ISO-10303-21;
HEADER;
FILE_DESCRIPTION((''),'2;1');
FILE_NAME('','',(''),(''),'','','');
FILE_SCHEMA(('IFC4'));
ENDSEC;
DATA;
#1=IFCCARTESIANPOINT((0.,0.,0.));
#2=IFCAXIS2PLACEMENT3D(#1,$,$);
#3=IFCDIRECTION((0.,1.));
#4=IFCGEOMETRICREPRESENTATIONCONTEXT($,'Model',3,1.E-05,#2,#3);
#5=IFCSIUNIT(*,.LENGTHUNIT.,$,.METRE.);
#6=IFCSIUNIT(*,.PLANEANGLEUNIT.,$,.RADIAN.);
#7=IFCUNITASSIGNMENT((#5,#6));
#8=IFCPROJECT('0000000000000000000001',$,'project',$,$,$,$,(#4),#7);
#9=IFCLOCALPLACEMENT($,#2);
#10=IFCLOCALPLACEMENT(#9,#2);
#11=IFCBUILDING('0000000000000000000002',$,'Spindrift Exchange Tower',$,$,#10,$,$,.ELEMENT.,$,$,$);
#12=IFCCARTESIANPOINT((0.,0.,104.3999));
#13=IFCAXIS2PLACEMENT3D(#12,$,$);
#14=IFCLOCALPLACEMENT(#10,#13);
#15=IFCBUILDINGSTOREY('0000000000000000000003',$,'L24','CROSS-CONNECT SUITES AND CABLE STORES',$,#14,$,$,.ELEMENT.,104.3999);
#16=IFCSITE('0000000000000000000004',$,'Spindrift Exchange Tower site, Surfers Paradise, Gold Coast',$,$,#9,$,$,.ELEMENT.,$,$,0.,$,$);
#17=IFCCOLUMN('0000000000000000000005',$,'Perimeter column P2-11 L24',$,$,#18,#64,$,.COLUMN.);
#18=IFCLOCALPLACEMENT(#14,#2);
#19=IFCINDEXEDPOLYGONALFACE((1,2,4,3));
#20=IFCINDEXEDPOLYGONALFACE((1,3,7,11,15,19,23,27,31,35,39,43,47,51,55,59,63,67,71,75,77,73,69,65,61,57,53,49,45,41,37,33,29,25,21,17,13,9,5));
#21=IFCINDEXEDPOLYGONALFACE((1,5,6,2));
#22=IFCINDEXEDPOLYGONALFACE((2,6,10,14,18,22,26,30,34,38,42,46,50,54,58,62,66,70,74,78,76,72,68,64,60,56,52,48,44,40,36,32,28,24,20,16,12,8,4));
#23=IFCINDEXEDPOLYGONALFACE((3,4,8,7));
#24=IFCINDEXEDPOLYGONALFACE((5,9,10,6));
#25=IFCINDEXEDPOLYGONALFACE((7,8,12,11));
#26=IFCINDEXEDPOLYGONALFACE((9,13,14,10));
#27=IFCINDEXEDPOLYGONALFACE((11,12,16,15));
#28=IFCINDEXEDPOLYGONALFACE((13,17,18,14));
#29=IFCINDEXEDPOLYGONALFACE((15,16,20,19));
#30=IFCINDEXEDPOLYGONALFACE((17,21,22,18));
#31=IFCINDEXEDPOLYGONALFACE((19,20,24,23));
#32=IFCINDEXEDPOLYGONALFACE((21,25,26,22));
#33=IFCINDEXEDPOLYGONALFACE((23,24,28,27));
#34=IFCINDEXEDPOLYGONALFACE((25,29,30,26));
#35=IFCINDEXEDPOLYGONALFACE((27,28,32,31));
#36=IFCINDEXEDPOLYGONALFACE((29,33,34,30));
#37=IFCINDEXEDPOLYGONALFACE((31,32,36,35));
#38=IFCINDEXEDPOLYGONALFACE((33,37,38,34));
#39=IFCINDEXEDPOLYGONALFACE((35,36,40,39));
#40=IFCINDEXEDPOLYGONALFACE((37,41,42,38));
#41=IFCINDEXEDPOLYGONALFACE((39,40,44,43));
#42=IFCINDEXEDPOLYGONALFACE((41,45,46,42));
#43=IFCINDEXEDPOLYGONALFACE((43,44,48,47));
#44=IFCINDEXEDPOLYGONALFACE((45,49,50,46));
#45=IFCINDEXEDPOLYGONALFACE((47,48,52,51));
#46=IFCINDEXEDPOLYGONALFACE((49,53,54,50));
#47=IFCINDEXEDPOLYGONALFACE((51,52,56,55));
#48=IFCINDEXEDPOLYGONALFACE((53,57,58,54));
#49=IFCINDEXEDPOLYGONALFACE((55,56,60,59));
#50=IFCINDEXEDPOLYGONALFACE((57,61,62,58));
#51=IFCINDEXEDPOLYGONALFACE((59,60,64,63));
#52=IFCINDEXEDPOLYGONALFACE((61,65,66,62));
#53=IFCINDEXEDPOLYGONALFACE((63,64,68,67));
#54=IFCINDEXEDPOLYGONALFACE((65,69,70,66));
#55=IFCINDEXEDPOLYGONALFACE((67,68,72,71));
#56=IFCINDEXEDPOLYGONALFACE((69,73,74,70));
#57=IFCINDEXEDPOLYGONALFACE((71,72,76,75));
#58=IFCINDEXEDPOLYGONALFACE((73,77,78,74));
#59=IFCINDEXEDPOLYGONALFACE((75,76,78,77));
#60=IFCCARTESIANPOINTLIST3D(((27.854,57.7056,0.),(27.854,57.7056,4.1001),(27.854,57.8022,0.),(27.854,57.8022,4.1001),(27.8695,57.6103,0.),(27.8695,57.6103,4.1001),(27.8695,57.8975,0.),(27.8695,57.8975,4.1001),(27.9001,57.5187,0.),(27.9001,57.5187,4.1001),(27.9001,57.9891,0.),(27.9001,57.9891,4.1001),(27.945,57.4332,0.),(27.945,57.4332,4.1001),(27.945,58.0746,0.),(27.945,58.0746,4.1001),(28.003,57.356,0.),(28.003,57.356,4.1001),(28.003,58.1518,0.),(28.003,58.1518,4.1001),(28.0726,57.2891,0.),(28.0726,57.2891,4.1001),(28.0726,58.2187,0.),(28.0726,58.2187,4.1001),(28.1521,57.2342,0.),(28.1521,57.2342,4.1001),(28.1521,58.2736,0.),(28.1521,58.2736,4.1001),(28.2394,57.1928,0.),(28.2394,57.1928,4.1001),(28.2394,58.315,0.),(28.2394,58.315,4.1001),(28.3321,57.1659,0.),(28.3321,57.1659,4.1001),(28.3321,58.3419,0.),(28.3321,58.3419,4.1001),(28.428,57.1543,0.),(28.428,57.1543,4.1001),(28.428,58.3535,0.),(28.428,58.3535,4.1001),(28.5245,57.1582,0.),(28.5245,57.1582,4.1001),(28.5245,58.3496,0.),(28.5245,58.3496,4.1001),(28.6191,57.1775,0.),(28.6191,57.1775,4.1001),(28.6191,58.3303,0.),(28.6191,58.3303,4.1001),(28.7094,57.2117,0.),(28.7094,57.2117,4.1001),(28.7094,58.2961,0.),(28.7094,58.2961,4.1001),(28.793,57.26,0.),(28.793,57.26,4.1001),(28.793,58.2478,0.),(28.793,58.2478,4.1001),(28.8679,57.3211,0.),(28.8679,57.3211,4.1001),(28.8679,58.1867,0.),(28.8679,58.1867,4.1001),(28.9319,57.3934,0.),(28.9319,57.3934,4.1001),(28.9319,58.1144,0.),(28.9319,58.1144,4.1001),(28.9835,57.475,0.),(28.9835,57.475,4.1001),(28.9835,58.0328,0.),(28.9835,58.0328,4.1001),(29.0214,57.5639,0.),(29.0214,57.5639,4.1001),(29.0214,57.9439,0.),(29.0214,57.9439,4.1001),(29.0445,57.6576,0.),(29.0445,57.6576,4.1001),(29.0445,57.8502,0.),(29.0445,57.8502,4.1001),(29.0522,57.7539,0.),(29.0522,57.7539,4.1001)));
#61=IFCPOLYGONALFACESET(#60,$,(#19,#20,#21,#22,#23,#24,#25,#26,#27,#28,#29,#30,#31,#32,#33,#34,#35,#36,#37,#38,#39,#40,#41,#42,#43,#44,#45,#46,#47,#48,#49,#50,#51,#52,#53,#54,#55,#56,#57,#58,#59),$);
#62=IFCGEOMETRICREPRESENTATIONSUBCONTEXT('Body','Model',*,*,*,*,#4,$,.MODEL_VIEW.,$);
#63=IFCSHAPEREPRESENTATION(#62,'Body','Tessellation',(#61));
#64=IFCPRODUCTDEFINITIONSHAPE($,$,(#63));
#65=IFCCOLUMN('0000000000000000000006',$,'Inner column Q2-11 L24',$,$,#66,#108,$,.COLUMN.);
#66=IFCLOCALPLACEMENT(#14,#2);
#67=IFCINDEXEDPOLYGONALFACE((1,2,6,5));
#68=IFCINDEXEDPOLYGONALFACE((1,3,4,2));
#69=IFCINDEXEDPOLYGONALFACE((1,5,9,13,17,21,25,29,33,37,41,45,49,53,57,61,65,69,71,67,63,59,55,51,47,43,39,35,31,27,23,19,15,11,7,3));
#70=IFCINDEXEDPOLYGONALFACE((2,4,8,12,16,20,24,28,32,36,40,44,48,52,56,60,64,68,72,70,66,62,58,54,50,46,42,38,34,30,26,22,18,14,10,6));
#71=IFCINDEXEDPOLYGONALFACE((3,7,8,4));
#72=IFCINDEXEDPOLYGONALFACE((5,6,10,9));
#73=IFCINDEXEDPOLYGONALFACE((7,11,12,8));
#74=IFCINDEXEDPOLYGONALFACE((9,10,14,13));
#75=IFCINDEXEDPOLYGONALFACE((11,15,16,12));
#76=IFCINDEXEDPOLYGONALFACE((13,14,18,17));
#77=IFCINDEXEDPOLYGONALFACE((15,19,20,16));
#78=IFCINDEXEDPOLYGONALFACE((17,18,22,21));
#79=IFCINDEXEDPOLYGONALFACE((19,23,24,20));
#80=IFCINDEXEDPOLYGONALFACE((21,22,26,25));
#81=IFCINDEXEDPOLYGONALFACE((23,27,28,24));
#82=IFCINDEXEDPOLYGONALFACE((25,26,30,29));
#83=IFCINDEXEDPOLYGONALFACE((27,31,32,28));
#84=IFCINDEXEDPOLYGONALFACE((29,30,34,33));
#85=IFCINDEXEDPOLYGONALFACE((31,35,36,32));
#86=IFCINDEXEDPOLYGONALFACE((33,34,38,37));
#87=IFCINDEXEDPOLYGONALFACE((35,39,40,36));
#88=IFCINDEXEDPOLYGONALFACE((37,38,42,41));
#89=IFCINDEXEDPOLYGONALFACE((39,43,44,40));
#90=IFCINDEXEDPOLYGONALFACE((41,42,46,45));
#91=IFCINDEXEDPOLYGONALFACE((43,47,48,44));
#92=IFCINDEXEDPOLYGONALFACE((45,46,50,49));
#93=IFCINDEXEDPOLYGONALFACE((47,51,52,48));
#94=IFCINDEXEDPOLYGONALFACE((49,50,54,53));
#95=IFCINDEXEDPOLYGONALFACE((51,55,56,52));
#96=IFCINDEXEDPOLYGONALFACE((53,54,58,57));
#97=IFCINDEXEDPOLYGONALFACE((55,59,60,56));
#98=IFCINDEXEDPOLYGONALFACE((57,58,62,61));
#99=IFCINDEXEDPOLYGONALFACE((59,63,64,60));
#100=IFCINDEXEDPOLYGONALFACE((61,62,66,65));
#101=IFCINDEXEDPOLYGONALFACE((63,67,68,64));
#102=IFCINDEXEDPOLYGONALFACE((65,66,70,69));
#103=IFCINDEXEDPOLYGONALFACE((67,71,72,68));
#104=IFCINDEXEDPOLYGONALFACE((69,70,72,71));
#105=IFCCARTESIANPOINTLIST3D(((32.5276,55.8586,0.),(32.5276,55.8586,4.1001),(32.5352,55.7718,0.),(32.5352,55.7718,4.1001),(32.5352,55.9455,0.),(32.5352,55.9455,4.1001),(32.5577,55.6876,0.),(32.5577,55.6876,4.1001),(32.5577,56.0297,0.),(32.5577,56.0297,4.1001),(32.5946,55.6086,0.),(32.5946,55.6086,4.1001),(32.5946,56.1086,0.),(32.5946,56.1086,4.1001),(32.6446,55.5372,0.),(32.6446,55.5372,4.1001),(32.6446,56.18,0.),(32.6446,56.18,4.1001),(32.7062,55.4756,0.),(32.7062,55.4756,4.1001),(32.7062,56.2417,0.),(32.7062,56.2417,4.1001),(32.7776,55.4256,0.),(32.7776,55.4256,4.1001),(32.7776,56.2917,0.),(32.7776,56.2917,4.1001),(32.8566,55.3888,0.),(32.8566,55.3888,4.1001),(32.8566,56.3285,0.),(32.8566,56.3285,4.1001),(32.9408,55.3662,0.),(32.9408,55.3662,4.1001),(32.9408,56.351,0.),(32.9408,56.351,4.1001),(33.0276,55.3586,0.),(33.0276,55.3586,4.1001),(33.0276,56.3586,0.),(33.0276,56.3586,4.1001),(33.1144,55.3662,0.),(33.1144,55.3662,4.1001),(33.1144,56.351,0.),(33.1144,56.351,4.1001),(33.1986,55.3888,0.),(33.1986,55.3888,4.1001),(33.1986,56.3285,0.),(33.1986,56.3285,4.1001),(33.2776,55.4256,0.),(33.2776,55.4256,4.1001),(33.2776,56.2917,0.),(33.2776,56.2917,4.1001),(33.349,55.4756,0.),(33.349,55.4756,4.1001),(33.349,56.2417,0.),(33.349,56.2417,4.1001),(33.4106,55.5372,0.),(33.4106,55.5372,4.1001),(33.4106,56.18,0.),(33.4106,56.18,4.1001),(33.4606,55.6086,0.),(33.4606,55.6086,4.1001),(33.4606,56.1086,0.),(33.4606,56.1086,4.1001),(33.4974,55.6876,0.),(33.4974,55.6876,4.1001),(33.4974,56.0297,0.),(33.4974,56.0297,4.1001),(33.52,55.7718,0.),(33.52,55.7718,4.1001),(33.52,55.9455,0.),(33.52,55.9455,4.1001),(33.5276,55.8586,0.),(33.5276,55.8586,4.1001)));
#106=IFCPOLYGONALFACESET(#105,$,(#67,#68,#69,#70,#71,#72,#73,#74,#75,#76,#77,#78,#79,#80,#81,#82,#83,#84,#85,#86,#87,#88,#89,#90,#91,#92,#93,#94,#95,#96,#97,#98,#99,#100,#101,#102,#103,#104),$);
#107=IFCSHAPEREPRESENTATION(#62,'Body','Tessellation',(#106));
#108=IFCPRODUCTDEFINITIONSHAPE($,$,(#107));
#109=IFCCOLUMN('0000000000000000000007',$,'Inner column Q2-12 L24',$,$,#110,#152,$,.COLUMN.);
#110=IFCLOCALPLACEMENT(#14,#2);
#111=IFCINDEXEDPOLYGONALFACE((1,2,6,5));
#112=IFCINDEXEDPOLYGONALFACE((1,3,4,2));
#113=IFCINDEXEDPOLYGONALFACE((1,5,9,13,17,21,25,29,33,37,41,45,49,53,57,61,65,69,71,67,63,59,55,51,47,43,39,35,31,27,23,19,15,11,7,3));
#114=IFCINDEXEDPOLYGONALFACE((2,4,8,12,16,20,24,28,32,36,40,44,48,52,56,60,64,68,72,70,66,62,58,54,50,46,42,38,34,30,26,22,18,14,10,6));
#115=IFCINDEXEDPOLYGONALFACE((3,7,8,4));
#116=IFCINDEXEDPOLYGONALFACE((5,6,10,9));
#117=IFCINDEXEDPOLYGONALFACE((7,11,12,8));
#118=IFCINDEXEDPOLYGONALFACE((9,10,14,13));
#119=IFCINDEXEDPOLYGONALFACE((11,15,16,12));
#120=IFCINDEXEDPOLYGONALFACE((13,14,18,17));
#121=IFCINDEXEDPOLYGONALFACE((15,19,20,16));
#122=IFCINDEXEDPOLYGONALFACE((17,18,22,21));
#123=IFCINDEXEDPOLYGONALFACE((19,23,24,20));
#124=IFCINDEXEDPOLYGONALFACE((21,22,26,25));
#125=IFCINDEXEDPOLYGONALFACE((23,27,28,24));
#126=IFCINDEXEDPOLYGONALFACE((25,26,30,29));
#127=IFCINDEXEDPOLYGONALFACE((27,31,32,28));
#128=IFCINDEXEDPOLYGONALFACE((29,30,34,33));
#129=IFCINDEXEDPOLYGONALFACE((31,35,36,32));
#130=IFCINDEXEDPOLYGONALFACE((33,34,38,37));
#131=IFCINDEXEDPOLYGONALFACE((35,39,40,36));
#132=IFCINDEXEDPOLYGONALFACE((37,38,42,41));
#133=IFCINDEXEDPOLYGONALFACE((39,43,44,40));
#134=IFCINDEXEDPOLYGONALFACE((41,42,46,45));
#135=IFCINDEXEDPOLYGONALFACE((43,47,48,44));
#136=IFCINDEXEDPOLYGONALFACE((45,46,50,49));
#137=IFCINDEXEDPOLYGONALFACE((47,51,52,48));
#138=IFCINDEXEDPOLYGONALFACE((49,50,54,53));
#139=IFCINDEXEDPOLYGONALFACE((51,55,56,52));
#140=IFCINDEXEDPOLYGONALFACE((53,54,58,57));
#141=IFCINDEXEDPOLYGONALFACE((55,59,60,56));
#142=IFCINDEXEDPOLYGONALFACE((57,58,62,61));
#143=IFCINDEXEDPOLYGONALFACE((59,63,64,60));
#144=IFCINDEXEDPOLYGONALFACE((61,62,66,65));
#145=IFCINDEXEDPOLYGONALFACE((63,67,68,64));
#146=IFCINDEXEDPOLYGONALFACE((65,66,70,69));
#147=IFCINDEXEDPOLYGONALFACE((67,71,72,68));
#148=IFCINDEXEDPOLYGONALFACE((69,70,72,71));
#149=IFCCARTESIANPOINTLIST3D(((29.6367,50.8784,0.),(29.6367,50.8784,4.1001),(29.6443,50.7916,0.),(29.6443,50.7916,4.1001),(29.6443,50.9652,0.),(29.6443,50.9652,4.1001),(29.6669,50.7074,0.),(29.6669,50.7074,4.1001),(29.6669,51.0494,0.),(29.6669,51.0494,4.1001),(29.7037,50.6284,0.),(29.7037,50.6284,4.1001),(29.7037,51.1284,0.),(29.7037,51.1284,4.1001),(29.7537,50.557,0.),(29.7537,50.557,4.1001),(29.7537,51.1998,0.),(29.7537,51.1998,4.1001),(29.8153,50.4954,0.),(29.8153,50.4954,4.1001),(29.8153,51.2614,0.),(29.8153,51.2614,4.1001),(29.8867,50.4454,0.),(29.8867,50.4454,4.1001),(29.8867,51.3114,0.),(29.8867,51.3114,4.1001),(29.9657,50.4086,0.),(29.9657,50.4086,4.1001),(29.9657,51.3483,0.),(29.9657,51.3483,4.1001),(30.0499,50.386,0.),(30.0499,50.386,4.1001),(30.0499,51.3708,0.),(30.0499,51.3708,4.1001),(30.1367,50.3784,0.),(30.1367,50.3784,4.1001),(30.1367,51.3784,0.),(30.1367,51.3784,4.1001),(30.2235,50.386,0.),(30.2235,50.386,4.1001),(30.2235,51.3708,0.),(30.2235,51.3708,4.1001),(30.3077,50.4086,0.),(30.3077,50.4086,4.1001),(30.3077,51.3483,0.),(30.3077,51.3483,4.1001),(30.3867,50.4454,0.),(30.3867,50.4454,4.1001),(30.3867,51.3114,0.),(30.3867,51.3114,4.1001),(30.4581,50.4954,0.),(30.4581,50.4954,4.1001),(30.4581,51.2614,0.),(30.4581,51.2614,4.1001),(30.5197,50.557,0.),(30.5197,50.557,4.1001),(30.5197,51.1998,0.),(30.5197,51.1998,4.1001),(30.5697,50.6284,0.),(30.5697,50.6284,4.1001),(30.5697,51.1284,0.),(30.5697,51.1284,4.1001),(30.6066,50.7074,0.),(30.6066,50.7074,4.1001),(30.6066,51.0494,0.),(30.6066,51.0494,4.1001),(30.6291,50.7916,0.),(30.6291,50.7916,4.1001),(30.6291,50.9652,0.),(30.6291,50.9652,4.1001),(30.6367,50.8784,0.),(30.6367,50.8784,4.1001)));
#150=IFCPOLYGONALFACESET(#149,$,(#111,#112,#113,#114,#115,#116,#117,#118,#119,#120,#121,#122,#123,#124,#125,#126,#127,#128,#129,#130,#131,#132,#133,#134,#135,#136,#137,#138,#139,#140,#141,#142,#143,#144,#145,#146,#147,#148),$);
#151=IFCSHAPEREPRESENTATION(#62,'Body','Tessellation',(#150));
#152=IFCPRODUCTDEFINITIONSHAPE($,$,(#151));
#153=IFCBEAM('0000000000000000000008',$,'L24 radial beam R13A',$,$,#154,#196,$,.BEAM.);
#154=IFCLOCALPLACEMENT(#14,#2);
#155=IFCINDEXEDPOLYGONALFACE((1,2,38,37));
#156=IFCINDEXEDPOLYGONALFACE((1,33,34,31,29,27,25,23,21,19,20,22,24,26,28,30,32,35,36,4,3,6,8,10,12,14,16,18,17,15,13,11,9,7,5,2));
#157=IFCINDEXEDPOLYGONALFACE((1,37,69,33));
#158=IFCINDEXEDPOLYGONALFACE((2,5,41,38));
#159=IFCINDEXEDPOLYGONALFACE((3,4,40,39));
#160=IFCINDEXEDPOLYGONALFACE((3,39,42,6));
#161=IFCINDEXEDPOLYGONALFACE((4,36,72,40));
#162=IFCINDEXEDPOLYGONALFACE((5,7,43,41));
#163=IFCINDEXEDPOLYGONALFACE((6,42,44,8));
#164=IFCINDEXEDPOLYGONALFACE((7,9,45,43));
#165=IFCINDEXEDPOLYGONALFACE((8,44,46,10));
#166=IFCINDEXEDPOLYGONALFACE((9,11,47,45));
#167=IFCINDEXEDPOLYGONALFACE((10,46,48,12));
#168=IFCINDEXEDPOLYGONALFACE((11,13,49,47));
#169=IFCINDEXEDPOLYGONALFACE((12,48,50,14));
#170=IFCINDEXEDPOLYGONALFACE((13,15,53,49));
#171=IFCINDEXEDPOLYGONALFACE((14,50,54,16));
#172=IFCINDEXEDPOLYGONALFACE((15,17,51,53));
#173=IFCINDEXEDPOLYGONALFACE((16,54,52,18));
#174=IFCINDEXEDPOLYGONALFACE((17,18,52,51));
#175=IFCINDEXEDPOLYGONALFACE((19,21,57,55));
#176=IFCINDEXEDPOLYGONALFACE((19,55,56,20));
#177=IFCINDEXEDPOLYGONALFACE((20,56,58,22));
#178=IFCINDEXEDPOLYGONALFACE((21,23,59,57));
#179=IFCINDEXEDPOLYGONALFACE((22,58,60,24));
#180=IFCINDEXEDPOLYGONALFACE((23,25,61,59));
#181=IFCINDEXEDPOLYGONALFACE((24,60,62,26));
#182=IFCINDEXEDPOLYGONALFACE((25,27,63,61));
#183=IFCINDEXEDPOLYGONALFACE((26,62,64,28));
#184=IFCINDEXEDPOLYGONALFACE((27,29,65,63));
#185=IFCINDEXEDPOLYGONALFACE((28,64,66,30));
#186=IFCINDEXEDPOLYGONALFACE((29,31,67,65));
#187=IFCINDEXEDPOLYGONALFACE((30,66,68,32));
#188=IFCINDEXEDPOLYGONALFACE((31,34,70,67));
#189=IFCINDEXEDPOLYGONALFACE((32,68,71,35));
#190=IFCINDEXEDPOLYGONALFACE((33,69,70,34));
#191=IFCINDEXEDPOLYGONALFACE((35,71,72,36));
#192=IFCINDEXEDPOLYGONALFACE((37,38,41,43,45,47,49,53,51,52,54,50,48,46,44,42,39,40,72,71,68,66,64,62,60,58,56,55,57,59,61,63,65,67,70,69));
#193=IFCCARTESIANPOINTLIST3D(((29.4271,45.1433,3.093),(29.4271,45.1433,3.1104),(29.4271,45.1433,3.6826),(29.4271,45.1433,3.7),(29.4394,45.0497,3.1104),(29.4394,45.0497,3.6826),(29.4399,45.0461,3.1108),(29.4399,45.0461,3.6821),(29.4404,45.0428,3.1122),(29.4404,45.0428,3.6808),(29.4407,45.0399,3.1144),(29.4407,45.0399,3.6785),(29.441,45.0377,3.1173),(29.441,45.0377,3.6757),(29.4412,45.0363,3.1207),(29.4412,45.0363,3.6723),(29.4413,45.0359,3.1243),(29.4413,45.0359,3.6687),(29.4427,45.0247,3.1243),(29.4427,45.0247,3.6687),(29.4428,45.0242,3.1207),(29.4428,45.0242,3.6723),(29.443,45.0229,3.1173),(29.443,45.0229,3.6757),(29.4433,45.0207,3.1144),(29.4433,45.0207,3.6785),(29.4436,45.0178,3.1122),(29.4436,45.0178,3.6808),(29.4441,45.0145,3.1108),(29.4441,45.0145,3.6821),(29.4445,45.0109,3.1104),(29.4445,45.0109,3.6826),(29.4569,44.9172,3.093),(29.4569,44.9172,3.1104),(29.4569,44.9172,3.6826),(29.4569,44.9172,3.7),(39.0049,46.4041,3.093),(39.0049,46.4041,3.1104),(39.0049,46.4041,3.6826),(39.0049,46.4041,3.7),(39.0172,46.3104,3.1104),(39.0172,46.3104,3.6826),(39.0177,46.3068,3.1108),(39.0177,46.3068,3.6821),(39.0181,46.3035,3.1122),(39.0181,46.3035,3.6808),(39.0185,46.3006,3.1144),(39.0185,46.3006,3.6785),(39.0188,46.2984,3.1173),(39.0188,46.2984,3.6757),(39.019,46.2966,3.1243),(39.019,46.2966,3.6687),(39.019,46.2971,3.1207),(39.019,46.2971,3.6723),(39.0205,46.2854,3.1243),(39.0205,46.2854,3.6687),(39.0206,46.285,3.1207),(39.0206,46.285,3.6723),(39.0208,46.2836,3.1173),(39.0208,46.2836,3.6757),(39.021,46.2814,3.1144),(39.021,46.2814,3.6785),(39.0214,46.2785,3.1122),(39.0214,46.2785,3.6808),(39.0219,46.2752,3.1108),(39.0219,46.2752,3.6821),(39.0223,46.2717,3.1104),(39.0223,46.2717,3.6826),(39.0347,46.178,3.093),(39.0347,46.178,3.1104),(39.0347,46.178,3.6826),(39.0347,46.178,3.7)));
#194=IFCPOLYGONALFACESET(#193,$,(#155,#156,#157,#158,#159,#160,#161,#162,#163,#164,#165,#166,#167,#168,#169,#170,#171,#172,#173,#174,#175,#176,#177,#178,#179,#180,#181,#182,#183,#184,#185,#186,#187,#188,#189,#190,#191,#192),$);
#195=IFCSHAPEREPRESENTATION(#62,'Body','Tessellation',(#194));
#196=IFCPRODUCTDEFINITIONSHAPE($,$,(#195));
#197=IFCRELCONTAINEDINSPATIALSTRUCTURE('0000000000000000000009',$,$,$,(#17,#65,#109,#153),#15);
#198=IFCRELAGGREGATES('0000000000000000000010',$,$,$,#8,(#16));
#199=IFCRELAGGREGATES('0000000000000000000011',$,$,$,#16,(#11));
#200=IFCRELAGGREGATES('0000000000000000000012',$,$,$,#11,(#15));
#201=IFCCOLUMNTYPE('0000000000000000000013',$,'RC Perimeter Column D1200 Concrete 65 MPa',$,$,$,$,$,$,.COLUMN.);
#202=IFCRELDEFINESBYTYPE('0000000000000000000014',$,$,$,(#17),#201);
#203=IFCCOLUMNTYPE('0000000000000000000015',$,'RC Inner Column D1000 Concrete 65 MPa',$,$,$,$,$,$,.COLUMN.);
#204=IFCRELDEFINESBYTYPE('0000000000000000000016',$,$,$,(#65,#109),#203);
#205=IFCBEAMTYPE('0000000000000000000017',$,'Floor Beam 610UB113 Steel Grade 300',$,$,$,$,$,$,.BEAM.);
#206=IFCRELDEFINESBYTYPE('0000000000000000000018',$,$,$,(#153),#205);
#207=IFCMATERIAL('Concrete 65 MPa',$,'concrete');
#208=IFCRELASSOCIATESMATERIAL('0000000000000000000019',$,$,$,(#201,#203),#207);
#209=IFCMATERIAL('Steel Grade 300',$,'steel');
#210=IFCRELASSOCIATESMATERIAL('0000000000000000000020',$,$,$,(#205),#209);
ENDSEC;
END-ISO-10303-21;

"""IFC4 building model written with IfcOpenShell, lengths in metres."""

from ifc_helpers import new_model, si_unit, direction, frame, origin, origin_2d, place, context, subcontext, project, spatial, circle, i_section, extrude, source, transform, mapped, material, material_profile, profile_set, type_object, element, save


model = new_model("IFC4")

# Units and contexts
model_context = context("Model", 3, precision=1e-05, world=origin(), true_north=direction((0.0, 1.0)))
body_context = subcontext(model_context, "Body", "Model", "MODEL_VIEW")
ifc_project = project(units=[si_unit("LENGTHUNIT", "METRE"), si_unit("PLANEANGLEUNIT", "RADIAN")], contexts=[model_context])

# Site, building, storey
site_placement = place(None, origin())
site = spatial("IfcSite", under=ifc_project, at=site_placement, Name="Spindrift Exchange Tower site, Surfers Paradise, Gold Coast", CompositionType="ELEMENT", RefElevation=0.0)
building_placement = place(site_placement, origin())
building = spatial("IfcBuilding", under=site, at=building_placement, Name="Spindrift Exchange Tower", CompositionType="ELEMENT")
storey_placement = place(building_placement, frame((0.0, 0.0, 104.3999)))
storey = spatial("IfcBuildingStorey", under=building, at=storey_placement, Name="L24", Description="CROSS-CONNECT SUITES AND CABLE STORES", CompositionType="ELEMENT", Elevation=104.3999)

# Columns
ifc_material_1 = material(Name="Concrete 65 MPa", Category="concrete")
ifc_material_profile_1 = material_profile(ifc_material_1, circle(Radius=0.6001, at=origin_2d()), Name="RC D1200")
ifc_profile_set_1 = profile_set([ifc_material_profile_1], Name="Concrete 65 MPa")
column_type_1 = type_object("IfcColumnType", Name="RC Perimeter Column D1200 Concrete 65 MPa", PredefinedType="COLUMN", material=ifc_profile_set_1)
shared_shape_1 = source(origin(), body_context, "Body", "SweptSolid", [
    extrude(circle(Radius=0.6001, at=origin_2d()), origin(), (0.0, 0.0, 1.0), 4.1001),
])
column_placement = place(storey_placement, frame((28.4521, 57.7539, 0.0), z_axis=(0.0, 0.0, 1.0), x_axis=(1.0, 0.0, 0.0)))
element("IfcColumn", 1, at=column_placement, inside=storey, type_object=column_type_1, Name="Perimeter column P2-11 L24", PredefinedType="COLUMN", context=body_context, shape_type="MappedRepresentation", body=[
    mapped(shared_shape_1, transform((0.0, 0.0, 0.0), scale=1.0)),
])
ifc_material_profile_2 = material_profile(ifc_material_1, circle(Radius=0.5, at=origin_2d()), Name="RC D1000")
ifc_profile_set_2 = profile_set([ifc_material_profile_2], Name="Concrete 65 MPa")
column_type_2 = type_object("IfcColumnType", Name="RC Inner Column D1000 Concrete 65 MPa", PredefinedType="COLUMN", material=ifc_profile_set_2)
shared_shape_2 = source(origin(), body_context, "Body", "SweptSolid", [
    extrude(circle(Radius=0.5, at=origin_2d()), origin(), (0.0, 0.0, 1.0), 4.1001),
])
for number, where, z_axis, x_axis, name in (
    (2, (33.0276, 55.8586, 0.0), (0.0, 0.0, 1.0), (1.0, 0.0, 0.0), "Inner column Q2-11 L24"),
    (3, (30.1367, 50.8784, 0.0), (0.0, 0.0, 1.0), (1.0, 0.0, 0.0), "Inner column Q2-12 L24"),
):
    element("IfcColumn", number, at=place(storey_placement, frame(where, z_axis=z_axis, x_axis=x_axis)), inside=storey, type_object=column_type_2, Name=name, PredefinedType="COLUMN", context=body_context, shape_type="MappedRepresentation", body=[
        mapped(shared_shape_2, transform((0.0, 0.0, 0.0), scale=1.0)),
    ])

# Beam
ifc_material_2 = material(Name="Steel Grade 300", Category="steel")
ifc_material_profile_3 = material_profile(ifc_material_2, i_section(OverallWidth=0.228, OverallDepth=0.6069, WebThickness=0.0112, FlangeThickness=0.0173, FilletRadius=0.0139, at=origin_2d()), Name="610UB113")
ifc_profile_set_3 = profile_set([ifc_material_profile_3], Name="Steel Grade 300")
beam_type_1 = type_object("IfcBeamType", Name="Floor Beam 610UB113 Steel Grade 300", PredefinedType="BEAM", material=ifc_profile_set_3)
shared_shape_3 = source(origin(), body_context, "Body", "SweptSolid", [
    extrude(i_section(OverallWidth=0.228, OverallDepth=0.6069, WebThickness=0.0112, FlangeThickness=0.0173, FilletRadius=0.0139, at=origin_2d()), origin(), (0.0, 0.0, 1.0), 9.6604),
])
beam_1_placement = place(storey_placement, frame((39.0198, 46.291, 3.3965), z_axis=(-0.991448, -0.130505, 0.0), x_axis=(0.130505, -0.991448, 0.0)))
element("IfcBeam", 4, at=beam_1_placement, inside=storey, type_object=beam_type_1, Name="L24 radial beam R13A", PredefinedType="BEAM", context=body_context, shape_type="MappedRepresentation", body=[
    mapped(shared_shape_3, transform((0.0, 0.0, 0.0), scale=1.0)),
])

save(model, "model.ifc")
